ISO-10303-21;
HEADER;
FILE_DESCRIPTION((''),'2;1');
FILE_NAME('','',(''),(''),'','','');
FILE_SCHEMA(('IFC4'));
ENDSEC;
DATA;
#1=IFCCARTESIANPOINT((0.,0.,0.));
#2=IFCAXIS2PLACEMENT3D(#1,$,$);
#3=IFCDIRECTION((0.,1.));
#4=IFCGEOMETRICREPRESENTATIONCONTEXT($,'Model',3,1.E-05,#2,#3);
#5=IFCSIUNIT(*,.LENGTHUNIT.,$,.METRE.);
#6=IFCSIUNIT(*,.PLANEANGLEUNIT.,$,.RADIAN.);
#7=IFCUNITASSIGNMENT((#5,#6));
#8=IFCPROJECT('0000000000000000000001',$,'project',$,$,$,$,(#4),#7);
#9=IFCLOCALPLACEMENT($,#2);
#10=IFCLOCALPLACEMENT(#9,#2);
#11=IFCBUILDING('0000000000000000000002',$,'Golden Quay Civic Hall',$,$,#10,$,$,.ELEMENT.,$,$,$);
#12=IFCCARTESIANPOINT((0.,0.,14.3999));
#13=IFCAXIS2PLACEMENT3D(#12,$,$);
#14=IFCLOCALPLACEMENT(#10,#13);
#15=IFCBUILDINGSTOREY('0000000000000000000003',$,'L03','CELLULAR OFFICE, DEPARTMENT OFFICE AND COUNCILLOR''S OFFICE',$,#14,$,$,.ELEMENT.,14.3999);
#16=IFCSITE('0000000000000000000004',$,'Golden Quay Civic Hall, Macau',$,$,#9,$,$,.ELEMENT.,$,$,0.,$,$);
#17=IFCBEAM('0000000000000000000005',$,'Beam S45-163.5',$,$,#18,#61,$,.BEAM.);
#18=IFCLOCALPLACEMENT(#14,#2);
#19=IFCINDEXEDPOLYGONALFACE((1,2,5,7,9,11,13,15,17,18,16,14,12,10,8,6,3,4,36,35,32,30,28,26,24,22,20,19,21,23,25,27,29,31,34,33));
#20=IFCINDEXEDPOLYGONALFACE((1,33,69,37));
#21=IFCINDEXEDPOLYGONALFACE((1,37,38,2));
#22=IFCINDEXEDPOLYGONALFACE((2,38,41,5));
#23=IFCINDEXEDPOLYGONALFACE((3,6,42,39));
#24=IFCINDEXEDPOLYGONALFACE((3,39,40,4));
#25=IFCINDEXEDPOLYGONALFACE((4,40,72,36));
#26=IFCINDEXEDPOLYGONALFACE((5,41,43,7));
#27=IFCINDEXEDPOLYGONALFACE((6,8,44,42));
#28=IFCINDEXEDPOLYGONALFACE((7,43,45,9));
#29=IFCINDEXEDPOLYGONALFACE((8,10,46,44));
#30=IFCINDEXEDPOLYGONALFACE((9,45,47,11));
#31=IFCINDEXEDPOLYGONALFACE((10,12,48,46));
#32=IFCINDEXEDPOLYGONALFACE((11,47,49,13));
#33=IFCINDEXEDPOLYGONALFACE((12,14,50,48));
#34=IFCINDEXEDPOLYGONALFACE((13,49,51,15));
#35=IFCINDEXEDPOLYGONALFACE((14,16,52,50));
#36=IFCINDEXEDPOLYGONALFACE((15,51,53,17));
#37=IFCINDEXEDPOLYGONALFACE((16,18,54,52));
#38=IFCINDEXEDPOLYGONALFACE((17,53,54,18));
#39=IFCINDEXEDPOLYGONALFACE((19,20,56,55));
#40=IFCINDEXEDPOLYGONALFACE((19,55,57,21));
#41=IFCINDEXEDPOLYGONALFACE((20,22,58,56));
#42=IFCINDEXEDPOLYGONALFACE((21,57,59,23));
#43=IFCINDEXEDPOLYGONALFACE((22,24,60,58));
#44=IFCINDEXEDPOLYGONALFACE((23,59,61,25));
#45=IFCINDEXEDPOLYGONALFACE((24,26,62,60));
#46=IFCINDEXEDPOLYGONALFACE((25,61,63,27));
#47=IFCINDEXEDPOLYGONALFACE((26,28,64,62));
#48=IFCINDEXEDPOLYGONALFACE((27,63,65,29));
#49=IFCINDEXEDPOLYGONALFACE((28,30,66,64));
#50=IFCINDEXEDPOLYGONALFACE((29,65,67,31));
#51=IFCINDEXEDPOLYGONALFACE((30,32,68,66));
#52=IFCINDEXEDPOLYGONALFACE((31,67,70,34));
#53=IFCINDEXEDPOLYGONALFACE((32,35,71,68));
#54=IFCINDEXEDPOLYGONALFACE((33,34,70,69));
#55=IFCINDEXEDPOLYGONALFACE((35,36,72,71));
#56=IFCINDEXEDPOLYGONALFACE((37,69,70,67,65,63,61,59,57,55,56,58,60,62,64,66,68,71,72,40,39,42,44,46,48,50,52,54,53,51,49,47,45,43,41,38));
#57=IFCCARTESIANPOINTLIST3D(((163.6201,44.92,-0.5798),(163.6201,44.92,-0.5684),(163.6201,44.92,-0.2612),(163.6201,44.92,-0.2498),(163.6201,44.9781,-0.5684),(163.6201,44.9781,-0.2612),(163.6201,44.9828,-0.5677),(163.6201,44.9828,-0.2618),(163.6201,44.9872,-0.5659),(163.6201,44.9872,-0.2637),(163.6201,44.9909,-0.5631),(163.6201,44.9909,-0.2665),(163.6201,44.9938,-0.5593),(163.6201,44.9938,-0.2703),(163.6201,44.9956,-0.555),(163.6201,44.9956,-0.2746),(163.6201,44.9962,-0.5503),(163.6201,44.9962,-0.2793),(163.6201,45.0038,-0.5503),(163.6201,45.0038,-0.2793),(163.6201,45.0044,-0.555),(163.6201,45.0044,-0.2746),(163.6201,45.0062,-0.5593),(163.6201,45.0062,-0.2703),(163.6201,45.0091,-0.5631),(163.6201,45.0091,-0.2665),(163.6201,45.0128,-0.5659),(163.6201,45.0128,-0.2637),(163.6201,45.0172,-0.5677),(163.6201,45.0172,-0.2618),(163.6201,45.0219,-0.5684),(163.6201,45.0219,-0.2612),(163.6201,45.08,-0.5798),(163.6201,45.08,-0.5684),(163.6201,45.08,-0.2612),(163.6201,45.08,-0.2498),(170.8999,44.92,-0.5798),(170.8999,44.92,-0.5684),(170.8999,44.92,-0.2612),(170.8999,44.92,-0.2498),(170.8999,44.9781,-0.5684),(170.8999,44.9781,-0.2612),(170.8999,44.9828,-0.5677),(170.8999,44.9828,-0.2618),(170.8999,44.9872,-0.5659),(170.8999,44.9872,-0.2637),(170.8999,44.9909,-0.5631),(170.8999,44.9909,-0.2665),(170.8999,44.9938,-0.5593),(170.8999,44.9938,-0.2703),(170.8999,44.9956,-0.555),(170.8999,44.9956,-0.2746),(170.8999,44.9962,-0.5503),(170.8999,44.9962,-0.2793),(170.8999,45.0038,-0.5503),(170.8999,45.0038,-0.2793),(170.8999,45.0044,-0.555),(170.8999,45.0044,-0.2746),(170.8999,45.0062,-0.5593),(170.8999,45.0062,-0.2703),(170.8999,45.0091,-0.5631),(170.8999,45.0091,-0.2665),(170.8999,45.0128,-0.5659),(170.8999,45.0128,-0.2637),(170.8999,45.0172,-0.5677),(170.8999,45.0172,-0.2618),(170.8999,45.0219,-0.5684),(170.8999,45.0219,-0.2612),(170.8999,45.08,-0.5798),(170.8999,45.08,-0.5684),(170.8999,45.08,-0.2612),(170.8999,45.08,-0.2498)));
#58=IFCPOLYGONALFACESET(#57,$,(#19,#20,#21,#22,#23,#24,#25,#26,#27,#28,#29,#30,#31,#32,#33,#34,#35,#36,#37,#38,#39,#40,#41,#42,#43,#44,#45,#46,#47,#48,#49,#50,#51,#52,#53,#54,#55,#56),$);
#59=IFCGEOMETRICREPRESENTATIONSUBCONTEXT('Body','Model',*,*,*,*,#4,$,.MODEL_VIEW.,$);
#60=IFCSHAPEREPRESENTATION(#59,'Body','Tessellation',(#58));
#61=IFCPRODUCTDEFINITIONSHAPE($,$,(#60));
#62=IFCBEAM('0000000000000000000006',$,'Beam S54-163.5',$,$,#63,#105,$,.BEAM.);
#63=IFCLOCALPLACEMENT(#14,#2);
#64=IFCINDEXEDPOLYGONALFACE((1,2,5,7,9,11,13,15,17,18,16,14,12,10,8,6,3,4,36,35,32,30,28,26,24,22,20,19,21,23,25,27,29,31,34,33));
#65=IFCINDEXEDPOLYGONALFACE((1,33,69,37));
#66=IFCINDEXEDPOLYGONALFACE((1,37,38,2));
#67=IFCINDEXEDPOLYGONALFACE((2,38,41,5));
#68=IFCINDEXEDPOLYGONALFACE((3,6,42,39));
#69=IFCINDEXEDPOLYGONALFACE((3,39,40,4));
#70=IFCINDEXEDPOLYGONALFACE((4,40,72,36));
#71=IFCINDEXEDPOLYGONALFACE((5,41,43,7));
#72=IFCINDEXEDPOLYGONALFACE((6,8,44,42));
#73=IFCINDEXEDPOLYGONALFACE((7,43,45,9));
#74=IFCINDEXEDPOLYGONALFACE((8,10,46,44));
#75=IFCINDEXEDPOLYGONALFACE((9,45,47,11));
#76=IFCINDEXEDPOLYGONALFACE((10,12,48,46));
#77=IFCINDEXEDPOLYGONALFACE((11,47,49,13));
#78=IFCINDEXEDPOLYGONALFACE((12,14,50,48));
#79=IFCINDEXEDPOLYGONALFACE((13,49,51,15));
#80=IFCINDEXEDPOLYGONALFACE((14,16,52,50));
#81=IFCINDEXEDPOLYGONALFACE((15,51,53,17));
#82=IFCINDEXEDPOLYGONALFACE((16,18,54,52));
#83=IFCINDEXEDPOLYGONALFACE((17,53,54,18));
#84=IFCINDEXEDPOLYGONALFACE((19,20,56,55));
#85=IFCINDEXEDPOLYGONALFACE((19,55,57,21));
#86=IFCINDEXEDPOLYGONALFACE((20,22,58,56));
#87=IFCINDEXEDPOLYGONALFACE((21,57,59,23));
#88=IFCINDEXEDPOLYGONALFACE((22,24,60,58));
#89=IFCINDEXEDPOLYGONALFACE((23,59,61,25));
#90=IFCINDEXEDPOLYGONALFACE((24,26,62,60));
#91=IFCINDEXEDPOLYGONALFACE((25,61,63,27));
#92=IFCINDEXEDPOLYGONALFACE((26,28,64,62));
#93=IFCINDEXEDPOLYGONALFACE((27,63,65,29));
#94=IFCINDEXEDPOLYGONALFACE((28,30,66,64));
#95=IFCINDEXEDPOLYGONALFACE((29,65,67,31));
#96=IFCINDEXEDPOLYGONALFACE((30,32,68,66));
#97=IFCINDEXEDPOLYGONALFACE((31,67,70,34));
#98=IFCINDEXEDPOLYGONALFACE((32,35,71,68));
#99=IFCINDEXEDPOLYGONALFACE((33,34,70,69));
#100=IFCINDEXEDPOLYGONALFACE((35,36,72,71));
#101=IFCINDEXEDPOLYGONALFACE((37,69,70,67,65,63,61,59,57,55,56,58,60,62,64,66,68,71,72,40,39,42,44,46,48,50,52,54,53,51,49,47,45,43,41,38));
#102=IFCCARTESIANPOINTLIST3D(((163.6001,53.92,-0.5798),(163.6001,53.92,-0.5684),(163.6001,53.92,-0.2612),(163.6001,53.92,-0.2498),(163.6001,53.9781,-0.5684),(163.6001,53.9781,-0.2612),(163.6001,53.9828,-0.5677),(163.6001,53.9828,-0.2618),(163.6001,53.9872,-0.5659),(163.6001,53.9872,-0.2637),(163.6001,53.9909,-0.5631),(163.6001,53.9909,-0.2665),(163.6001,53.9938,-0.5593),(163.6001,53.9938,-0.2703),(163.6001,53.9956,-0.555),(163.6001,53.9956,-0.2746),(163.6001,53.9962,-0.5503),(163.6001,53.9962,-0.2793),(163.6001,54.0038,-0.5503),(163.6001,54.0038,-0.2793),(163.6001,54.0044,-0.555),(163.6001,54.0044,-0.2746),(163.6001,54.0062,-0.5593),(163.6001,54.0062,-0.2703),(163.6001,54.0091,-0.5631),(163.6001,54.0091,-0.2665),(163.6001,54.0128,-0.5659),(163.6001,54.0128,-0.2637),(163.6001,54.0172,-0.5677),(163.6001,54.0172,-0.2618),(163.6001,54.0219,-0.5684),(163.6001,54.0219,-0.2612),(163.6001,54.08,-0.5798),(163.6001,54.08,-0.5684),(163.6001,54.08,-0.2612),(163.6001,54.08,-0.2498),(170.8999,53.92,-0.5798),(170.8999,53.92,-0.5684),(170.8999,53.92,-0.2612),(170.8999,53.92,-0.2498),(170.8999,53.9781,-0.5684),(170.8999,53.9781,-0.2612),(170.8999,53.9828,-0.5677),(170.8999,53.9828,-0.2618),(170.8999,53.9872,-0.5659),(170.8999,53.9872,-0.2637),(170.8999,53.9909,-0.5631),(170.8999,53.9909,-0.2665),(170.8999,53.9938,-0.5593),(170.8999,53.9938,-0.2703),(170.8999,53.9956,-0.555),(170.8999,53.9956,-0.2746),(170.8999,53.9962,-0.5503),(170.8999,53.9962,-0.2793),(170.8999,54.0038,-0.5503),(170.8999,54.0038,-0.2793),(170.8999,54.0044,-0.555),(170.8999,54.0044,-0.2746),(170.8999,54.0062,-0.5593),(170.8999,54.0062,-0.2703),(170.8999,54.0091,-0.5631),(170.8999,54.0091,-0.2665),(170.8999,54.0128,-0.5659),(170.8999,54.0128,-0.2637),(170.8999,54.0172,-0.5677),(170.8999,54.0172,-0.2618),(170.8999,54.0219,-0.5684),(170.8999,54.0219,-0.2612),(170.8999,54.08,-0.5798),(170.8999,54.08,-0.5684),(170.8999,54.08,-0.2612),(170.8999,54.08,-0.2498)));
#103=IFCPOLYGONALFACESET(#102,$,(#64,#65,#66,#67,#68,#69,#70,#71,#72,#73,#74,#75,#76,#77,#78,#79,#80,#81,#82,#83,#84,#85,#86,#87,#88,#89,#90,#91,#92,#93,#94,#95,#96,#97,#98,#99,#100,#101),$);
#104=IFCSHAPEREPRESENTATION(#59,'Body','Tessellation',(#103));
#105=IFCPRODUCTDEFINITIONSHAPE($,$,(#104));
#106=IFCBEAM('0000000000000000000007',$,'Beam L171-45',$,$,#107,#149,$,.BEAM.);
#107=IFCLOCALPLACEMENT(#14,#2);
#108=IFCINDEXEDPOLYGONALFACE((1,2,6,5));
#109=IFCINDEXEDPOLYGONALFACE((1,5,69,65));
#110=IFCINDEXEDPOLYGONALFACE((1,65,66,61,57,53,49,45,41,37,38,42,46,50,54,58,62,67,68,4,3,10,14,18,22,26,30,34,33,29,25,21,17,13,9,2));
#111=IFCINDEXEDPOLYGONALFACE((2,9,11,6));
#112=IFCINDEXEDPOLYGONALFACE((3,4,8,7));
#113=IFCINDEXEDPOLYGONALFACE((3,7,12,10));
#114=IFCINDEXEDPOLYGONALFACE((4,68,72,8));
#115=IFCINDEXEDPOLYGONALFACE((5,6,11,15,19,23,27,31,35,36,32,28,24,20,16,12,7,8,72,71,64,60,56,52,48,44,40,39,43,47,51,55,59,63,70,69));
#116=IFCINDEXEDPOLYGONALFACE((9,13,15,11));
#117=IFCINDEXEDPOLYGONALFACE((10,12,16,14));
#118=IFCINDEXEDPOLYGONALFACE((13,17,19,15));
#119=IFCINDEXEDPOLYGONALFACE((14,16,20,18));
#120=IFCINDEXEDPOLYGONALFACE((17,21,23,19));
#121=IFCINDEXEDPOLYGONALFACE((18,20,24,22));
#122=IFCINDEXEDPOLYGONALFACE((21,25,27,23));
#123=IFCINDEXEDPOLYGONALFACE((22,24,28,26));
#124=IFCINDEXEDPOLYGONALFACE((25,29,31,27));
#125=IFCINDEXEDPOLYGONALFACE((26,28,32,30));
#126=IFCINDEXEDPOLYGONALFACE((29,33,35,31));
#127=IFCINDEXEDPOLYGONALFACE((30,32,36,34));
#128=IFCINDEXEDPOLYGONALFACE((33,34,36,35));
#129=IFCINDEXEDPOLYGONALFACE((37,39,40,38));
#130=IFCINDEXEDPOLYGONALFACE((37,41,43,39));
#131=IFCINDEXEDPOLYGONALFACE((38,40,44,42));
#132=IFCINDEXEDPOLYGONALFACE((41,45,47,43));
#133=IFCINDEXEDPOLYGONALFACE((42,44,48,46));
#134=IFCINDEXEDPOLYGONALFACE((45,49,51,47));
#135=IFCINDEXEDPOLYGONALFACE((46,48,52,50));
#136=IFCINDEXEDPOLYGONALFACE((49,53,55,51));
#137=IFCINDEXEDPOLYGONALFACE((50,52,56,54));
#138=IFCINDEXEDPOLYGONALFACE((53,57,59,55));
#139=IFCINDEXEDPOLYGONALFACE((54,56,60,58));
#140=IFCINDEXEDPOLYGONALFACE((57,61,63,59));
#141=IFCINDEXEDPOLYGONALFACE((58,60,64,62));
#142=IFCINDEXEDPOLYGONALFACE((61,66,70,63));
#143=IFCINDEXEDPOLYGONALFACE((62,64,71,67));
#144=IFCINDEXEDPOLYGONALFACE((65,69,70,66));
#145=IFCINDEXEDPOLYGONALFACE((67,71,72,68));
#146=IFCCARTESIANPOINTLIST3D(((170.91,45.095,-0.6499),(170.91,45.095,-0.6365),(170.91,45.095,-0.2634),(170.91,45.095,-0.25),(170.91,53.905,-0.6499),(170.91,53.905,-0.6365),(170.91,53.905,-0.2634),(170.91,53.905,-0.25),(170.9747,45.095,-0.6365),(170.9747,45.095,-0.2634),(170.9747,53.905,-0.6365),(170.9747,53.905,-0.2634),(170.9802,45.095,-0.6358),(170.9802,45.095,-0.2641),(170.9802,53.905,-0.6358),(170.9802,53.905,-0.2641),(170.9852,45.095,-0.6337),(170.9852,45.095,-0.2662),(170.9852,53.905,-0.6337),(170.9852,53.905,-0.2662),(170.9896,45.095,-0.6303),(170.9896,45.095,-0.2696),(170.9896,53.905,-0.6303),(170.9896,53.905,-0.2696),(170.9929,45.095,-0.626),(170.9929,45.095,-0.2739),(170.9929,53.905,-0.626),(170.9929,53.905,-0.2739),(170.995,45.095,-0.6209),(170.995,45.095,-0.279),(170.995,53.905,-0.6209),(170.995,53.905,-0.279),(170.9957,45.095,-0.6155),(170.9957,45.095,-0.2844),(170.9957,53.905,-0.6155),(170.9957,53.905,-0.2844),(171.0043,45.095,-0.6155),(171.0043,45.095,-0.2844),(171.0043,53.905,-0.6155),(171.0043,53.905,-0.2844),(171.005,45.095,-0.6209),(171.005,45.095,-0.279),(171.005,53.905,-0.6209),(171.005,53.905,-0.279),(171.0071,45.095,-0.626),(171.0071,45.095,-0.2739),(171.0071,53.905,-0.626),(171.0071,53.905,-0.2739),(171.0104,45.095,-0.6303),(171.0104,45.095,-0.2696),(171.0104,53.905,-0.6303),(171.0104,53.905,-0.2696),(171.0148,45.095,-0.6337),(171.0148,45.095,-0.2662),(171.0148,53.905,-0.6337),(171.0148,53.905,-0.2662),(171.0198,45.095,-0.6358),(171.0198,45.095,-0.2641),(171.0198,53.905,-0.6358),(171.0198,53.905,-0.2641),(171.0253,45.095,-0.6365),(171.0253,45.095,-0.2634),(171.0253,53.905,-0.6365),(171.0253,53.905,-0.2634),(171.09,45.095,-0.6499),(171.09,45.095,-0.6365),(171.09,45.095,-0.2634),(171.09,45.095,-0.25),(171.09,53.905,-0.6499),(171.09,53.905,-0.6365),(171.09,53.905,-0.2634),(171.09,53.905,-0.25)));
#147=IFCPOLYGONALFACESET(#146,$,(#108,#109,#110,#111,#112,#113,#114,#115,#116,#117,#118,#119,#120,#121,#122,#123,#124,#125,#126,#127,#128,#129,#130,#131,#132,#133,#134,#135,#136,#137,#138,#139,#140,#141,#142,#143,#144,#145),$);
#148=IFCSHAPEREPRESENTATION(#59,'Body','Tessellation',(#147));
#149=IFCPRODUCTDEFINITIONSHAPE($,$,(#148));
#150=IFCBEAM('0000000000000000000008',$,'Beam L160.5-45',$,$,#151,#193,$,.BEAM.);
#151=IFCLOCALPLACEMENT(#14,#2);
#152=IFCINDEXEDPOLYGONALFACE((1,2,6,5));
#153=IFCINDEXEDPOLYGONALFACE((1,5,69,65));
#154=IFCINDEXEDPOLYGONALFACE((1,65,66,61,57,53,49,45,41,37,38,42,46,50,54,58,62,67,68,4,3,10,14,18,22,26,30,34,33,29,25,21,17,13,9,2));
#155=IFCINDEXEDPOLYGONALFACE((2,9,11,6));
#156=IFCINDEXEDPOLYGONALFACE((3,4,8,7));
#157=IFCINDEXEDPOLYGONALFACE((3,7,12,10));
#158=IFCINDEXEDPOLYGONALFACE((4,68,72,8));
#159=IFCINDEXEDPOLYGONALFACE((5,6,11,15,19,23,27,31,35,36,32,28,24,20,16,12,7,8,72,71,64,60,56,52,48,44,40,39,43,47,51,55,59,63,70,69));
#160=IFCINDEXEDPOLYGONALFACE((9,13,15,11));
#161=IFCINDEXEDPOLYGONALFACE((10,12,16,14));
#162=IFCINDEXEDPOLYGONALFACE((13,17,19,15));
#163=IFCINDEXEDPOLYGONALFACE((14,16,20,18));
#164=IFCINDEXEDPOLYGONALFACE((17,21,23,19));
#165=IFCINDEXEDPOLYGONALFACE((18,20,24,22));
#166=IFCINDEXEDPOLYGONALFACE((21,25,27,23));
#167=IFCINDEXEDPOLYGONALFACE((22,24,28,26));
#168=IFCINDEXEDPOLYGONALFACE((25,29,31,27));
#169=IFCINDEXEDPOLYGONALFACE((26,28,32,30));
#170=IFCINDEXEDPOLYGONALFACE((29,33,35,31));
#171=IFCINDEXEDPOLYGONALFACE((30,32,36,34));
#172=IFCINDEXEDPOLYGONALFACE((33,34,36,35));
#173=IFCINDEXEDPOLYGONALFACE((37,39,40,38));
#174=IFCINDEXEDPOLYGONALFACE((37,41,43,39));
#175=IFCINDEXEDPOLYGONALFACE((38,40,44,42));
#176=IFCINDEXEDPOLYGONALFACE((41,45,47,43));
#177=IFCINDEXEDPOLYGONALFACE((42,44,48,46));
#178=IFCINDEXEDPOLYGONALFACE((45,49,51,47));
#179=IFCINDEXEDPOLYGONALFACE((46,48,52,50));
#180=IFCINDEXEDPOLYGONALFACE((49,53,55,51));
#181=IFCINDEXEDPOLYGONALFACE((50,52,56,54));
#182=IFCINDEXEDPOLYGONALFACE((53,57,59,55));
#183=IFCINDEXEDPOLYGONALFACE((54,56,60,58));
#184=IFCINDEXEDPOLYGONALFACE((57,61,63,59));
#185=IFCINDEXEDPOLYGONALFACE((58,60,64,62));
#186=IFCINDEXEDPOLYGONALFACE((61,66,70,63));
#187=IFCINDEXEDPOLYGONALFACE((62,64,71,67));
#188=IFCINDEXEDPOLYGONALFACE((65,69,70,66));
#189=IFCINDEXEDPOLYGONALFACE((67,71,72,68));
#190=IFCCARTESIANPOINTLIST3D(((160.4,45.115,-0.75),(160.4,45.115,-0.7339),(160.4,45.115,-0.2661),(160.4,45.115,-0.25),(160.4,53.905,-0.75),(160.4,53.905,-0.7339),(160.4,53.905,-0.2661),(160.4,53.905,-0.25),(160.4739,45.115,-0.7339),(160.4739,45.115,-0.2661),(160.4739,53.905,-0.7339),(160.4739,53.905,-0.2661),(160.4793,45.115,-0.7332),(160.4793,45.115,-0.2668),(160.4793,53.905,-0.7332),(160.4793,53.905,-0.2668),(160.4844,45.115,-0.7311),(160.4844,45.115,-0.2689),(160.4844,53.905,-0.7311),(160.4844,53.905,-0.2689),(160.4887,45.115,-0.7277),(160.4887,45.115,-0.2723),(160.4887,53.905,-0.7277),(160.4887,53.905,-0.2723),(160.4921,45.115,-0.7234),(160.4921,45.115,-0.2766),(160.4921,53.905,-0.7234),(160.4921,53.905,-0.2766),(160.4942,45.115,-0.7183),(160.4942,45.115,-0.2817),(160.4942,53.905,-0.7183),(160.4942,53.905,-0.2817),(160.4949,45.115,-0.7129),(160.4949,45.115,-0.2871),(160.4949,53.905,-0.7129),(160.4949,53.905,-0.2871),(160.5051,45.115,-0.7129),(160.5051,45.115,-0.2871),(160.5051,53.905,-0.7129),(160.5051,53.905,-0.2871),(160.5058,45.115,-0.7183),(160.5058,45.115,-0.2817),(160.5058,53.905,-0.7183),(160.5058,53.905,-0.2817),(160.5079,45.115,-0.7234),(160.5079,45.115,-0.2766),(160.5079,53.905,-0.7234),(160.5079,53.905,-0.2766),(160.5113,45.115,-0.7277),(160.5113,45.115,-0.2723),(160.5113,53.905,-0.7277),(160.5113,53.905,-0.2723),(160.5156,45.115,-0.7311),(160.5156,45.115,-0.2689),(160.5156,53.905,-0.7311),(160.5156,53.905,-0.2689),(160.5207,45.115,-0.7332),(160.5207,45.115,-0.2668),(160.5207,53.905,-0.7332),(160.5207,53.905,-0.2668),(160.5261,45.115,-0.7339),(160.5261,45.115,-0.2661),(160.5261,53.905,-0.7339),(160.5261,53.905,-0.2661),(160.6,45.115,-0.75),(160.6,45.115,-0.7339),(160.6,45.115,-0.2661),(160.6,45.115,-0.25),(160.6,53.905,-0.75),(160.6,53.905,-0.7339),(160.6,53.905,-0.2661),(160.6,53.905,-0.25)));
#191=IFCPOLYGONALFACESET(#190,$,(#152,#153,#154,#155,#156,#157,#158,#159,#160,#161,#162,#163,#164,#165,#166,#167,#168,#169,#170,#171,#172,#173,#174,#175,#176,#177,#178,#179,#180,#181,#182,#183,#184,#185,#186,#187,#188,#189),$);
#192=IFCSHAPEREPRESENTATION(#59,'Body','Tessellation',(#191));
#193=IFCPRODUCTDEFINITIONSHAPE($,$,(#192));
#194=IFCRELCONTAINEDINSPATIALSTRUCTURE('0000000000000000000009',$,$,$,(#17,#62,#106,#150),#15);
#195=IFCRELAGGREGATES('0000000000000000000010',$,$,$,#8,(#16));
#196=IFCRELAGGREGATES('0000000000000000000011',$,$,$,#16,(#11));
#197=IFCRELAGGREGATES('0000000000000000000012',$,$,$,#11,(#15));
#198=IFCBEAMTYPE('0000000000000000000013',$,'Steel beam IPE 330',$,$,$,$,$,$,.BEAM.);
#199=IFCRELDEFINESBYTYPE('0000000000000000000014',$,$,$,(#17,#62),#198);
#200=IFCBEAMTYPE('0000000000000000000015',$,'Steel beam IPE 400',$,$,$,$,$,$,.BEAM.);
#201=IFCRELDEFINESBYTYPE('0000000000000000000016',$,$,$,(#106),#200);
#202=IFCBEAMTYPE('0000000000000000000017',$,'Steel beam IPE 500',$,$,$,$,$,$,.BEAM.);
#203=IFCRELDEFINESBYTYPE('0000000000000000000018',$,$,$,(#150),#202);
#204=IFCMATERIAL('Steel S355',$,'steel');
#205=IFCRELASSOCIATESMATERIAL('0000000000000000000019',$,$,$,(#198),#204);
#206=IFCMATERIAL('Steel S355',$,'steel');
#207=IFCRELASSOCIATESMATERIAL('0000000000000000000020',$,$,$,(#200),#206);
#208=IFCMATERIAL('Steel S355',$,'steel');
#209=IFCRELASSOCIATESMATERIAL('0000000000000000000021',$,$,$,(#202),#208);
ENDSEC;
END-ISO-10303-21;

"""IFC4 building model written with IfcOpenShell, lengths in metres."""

from ifc_helpers import new_model, si_unit, direction, frame, origin, origin_2d, place, context, subcontext, project, spatial, i_section, extrude, material, material_profile, profile_set, type_object, element, save


model = new_model("IFC4")

# Units and contexts
model_context = context("Model", 3, precision=1e-05, world=origin(), true_north=direction((0.0, 1.0)))
body_context = subcontext(model_context, "Body", "Model", "MODEL_VIEW")
ifc_project = project(units=[si_unit("LENGTHUNIT", "METRE"), si_unit("PLANEANGLEUNIT", "RADIAN")], contexts=[model_context])

# Site, building, storey
site_placement = place(None, origin())
site = spatial("IfcSite", under=ifc_project, at=site_placement, Name="Golden Quay Civic Hall, Macau", CompositionType="ELEMENT", RefElevation=0.0)
building_placement = place(site_placement, origin())
building = spatial("IfcBuilding", under=site, at=building_placement, Name="Golden Quay Civic Hall", CompositionType="ELEMENT")
storey_placement = place(building_placement, frame((0.0, 0.0, 14.3999)))
storey = spatial("IfcBuildingStorey", under=building, at=storey_placement, Name="L03", Description="CELLULAR OFFICE, DEPARTMENT OFFICE AND COUNCILLOR'S OFFICE", CompositionType="ELEMENT", Elevation=14.3999)

# Beams
ifc_material_1 = material(Name="Steel S355", Category="steel")
ifc_material_profile_1 = material_profile(ifc_material_1, i_section(OverallWidth=0.1599, OverallDepth=0.3301, WebThickness=0.0076, FlangeThickness=0.0115, FilletRadius=0.0181, at=origin_2d()), Name="IPE 330")
ifc_profile_set_1 = profile_set([ifc_material_profile_1], Name="Steel S355")
beam_type_1 = type_object("IfcBeamType", Name="Steel beam IPE 330", PredefinedType="BEAM", material=ifc_profile_set_1)
beam_1_placement = place(storey_placement, frame((163.6201, 45.0, -0.4148), z_axis=(1.0, 0.0, 0.0), x_axis=(0.0, 1.0, 0.0)))
element("IfcBeam", 1, at=beam_1_placement, inside=storey, type_object=beam_type_1, Name="Beam S45-163.5", PredefinedType="BEAM", context=body_context, shape_type="SweptSolid", body=[
    extrude(i_section(OverallWidth=0.1599, OverallDepth=0.3301, WebThickness=0.0076, FlangeThickness=0.0115, FilletRadius=0.0181, at=origin_2d()), origin(), (0.0, 0.0, 1.0), 7.2798),
])
beam_2_placement = place(storey_placement, frame((163.6001, 54.0, -0.4148), z_axis=(1.0, 0.0, 0.0), x_axis=(0.0, 1.0, 0.0)))
element("IfcBeam", 2, at=beam_2_placement, inside=storey, type_object=beam_type_1, Name="Beam S54-163.5", PredefinedType="BEAM", context=body_context, shape_type="SweptSolid", body=[
    extrude(i_section(OverallWidth=0.1599, OverallDepth=0.3301, WebThickness=0.0076, FlangeThickness=0.0115, FilletRadius=0.0181, at=origin_2d()), origin(), (0.0, 0.0, 1.0), 7.2998),
])
ifc_material_2 = material(Name="Steel S355", Category="steel")
ifc_material_profile_2 = material_profile(ifc_material_2, i_section(OverallWidth=0.1799, OverallDepth=0.3999, WebThickness=0.0085, FlangeThickness=0.0134, FilletRadius=0.021, at=origin_2d()), Name="IPE 400")
ifc_profile_set_2 = profile_set([ifc_material_profile_2], Name="Steel S355")
beam_type_2 = type_object("IfcBeamType", Name="Steel beam IPE 400", PredefinedType="BEAM", material=ifc_profile_set_2)
beam_3_placement = place(storey_placement, frame((171.0, 45.095, -0.45), z_axis=(0.0, 1.0, 0.0), x_axis=(-1.0, 0.0, 0.0)))
element("IfcBeam", 3, at=beam_3_placement, inside=storey, type_object=beam_type_2, Name="Beam L171-45", PredefinedType="BEAM", context=body_context, shape_type="SweptSolid", body=[
    extrude(i_section(OverallWidth=0.1799, OverallDepth=0.3999, WebThickness=0.0085, FlangeThickness=0.0134, FilletRadius=0.021, at=origin_2d()), origin(), (0.0, 0.0, 1.0), 8.8101),
])
ifc_material_3 = material(Name="Steel S355", Category="steel")
ifc_material_profile_3 = material_profile(ifc_material_3, i_section(OverallWidth=0.2, OverallDepth=0.5, WebThickness=0.0103, FlangeThickness=0.0161, FilletRadius=0.021, at=origin_2d()), Name="IPE 500")
ifc_profile_set_3 = profile_set([ifc_material_profile_3], Name="Steel S355")
beam_type_3 = type_object("IfcBeamType", Name="Steel beam IPE 500", PredefinedType="BEAM", material=ifc_profile_set_3)
for number, where, z_axis, x_axis, name in (
    (4, (160.5, 45.115, -0.5), (0.0, 1.0, 0.0), (-1.0, 0.0, 0.0), "Beam L160.5-45"),
):
    element("IfcBeam", number, at=place(storey_placement, frame(where, z_axis=z_axis, x_axis=x_axis)), inside=storey, type_object=beam_type_3, Name=name, PredefinedType="BEAM", context=body_context, shape_type="SweptSolid", body=[
        extrude(i_section(OverallWidth=0.2, OverallDepth=0.5, WebThickness=0.0103, FlangeThickness=0.0161, FilletRadius=0.021, at=origin_2d()), origin(), (0.0, 0.0, 1.0), 8.79),
    ])

save(model, "model.ifc")
